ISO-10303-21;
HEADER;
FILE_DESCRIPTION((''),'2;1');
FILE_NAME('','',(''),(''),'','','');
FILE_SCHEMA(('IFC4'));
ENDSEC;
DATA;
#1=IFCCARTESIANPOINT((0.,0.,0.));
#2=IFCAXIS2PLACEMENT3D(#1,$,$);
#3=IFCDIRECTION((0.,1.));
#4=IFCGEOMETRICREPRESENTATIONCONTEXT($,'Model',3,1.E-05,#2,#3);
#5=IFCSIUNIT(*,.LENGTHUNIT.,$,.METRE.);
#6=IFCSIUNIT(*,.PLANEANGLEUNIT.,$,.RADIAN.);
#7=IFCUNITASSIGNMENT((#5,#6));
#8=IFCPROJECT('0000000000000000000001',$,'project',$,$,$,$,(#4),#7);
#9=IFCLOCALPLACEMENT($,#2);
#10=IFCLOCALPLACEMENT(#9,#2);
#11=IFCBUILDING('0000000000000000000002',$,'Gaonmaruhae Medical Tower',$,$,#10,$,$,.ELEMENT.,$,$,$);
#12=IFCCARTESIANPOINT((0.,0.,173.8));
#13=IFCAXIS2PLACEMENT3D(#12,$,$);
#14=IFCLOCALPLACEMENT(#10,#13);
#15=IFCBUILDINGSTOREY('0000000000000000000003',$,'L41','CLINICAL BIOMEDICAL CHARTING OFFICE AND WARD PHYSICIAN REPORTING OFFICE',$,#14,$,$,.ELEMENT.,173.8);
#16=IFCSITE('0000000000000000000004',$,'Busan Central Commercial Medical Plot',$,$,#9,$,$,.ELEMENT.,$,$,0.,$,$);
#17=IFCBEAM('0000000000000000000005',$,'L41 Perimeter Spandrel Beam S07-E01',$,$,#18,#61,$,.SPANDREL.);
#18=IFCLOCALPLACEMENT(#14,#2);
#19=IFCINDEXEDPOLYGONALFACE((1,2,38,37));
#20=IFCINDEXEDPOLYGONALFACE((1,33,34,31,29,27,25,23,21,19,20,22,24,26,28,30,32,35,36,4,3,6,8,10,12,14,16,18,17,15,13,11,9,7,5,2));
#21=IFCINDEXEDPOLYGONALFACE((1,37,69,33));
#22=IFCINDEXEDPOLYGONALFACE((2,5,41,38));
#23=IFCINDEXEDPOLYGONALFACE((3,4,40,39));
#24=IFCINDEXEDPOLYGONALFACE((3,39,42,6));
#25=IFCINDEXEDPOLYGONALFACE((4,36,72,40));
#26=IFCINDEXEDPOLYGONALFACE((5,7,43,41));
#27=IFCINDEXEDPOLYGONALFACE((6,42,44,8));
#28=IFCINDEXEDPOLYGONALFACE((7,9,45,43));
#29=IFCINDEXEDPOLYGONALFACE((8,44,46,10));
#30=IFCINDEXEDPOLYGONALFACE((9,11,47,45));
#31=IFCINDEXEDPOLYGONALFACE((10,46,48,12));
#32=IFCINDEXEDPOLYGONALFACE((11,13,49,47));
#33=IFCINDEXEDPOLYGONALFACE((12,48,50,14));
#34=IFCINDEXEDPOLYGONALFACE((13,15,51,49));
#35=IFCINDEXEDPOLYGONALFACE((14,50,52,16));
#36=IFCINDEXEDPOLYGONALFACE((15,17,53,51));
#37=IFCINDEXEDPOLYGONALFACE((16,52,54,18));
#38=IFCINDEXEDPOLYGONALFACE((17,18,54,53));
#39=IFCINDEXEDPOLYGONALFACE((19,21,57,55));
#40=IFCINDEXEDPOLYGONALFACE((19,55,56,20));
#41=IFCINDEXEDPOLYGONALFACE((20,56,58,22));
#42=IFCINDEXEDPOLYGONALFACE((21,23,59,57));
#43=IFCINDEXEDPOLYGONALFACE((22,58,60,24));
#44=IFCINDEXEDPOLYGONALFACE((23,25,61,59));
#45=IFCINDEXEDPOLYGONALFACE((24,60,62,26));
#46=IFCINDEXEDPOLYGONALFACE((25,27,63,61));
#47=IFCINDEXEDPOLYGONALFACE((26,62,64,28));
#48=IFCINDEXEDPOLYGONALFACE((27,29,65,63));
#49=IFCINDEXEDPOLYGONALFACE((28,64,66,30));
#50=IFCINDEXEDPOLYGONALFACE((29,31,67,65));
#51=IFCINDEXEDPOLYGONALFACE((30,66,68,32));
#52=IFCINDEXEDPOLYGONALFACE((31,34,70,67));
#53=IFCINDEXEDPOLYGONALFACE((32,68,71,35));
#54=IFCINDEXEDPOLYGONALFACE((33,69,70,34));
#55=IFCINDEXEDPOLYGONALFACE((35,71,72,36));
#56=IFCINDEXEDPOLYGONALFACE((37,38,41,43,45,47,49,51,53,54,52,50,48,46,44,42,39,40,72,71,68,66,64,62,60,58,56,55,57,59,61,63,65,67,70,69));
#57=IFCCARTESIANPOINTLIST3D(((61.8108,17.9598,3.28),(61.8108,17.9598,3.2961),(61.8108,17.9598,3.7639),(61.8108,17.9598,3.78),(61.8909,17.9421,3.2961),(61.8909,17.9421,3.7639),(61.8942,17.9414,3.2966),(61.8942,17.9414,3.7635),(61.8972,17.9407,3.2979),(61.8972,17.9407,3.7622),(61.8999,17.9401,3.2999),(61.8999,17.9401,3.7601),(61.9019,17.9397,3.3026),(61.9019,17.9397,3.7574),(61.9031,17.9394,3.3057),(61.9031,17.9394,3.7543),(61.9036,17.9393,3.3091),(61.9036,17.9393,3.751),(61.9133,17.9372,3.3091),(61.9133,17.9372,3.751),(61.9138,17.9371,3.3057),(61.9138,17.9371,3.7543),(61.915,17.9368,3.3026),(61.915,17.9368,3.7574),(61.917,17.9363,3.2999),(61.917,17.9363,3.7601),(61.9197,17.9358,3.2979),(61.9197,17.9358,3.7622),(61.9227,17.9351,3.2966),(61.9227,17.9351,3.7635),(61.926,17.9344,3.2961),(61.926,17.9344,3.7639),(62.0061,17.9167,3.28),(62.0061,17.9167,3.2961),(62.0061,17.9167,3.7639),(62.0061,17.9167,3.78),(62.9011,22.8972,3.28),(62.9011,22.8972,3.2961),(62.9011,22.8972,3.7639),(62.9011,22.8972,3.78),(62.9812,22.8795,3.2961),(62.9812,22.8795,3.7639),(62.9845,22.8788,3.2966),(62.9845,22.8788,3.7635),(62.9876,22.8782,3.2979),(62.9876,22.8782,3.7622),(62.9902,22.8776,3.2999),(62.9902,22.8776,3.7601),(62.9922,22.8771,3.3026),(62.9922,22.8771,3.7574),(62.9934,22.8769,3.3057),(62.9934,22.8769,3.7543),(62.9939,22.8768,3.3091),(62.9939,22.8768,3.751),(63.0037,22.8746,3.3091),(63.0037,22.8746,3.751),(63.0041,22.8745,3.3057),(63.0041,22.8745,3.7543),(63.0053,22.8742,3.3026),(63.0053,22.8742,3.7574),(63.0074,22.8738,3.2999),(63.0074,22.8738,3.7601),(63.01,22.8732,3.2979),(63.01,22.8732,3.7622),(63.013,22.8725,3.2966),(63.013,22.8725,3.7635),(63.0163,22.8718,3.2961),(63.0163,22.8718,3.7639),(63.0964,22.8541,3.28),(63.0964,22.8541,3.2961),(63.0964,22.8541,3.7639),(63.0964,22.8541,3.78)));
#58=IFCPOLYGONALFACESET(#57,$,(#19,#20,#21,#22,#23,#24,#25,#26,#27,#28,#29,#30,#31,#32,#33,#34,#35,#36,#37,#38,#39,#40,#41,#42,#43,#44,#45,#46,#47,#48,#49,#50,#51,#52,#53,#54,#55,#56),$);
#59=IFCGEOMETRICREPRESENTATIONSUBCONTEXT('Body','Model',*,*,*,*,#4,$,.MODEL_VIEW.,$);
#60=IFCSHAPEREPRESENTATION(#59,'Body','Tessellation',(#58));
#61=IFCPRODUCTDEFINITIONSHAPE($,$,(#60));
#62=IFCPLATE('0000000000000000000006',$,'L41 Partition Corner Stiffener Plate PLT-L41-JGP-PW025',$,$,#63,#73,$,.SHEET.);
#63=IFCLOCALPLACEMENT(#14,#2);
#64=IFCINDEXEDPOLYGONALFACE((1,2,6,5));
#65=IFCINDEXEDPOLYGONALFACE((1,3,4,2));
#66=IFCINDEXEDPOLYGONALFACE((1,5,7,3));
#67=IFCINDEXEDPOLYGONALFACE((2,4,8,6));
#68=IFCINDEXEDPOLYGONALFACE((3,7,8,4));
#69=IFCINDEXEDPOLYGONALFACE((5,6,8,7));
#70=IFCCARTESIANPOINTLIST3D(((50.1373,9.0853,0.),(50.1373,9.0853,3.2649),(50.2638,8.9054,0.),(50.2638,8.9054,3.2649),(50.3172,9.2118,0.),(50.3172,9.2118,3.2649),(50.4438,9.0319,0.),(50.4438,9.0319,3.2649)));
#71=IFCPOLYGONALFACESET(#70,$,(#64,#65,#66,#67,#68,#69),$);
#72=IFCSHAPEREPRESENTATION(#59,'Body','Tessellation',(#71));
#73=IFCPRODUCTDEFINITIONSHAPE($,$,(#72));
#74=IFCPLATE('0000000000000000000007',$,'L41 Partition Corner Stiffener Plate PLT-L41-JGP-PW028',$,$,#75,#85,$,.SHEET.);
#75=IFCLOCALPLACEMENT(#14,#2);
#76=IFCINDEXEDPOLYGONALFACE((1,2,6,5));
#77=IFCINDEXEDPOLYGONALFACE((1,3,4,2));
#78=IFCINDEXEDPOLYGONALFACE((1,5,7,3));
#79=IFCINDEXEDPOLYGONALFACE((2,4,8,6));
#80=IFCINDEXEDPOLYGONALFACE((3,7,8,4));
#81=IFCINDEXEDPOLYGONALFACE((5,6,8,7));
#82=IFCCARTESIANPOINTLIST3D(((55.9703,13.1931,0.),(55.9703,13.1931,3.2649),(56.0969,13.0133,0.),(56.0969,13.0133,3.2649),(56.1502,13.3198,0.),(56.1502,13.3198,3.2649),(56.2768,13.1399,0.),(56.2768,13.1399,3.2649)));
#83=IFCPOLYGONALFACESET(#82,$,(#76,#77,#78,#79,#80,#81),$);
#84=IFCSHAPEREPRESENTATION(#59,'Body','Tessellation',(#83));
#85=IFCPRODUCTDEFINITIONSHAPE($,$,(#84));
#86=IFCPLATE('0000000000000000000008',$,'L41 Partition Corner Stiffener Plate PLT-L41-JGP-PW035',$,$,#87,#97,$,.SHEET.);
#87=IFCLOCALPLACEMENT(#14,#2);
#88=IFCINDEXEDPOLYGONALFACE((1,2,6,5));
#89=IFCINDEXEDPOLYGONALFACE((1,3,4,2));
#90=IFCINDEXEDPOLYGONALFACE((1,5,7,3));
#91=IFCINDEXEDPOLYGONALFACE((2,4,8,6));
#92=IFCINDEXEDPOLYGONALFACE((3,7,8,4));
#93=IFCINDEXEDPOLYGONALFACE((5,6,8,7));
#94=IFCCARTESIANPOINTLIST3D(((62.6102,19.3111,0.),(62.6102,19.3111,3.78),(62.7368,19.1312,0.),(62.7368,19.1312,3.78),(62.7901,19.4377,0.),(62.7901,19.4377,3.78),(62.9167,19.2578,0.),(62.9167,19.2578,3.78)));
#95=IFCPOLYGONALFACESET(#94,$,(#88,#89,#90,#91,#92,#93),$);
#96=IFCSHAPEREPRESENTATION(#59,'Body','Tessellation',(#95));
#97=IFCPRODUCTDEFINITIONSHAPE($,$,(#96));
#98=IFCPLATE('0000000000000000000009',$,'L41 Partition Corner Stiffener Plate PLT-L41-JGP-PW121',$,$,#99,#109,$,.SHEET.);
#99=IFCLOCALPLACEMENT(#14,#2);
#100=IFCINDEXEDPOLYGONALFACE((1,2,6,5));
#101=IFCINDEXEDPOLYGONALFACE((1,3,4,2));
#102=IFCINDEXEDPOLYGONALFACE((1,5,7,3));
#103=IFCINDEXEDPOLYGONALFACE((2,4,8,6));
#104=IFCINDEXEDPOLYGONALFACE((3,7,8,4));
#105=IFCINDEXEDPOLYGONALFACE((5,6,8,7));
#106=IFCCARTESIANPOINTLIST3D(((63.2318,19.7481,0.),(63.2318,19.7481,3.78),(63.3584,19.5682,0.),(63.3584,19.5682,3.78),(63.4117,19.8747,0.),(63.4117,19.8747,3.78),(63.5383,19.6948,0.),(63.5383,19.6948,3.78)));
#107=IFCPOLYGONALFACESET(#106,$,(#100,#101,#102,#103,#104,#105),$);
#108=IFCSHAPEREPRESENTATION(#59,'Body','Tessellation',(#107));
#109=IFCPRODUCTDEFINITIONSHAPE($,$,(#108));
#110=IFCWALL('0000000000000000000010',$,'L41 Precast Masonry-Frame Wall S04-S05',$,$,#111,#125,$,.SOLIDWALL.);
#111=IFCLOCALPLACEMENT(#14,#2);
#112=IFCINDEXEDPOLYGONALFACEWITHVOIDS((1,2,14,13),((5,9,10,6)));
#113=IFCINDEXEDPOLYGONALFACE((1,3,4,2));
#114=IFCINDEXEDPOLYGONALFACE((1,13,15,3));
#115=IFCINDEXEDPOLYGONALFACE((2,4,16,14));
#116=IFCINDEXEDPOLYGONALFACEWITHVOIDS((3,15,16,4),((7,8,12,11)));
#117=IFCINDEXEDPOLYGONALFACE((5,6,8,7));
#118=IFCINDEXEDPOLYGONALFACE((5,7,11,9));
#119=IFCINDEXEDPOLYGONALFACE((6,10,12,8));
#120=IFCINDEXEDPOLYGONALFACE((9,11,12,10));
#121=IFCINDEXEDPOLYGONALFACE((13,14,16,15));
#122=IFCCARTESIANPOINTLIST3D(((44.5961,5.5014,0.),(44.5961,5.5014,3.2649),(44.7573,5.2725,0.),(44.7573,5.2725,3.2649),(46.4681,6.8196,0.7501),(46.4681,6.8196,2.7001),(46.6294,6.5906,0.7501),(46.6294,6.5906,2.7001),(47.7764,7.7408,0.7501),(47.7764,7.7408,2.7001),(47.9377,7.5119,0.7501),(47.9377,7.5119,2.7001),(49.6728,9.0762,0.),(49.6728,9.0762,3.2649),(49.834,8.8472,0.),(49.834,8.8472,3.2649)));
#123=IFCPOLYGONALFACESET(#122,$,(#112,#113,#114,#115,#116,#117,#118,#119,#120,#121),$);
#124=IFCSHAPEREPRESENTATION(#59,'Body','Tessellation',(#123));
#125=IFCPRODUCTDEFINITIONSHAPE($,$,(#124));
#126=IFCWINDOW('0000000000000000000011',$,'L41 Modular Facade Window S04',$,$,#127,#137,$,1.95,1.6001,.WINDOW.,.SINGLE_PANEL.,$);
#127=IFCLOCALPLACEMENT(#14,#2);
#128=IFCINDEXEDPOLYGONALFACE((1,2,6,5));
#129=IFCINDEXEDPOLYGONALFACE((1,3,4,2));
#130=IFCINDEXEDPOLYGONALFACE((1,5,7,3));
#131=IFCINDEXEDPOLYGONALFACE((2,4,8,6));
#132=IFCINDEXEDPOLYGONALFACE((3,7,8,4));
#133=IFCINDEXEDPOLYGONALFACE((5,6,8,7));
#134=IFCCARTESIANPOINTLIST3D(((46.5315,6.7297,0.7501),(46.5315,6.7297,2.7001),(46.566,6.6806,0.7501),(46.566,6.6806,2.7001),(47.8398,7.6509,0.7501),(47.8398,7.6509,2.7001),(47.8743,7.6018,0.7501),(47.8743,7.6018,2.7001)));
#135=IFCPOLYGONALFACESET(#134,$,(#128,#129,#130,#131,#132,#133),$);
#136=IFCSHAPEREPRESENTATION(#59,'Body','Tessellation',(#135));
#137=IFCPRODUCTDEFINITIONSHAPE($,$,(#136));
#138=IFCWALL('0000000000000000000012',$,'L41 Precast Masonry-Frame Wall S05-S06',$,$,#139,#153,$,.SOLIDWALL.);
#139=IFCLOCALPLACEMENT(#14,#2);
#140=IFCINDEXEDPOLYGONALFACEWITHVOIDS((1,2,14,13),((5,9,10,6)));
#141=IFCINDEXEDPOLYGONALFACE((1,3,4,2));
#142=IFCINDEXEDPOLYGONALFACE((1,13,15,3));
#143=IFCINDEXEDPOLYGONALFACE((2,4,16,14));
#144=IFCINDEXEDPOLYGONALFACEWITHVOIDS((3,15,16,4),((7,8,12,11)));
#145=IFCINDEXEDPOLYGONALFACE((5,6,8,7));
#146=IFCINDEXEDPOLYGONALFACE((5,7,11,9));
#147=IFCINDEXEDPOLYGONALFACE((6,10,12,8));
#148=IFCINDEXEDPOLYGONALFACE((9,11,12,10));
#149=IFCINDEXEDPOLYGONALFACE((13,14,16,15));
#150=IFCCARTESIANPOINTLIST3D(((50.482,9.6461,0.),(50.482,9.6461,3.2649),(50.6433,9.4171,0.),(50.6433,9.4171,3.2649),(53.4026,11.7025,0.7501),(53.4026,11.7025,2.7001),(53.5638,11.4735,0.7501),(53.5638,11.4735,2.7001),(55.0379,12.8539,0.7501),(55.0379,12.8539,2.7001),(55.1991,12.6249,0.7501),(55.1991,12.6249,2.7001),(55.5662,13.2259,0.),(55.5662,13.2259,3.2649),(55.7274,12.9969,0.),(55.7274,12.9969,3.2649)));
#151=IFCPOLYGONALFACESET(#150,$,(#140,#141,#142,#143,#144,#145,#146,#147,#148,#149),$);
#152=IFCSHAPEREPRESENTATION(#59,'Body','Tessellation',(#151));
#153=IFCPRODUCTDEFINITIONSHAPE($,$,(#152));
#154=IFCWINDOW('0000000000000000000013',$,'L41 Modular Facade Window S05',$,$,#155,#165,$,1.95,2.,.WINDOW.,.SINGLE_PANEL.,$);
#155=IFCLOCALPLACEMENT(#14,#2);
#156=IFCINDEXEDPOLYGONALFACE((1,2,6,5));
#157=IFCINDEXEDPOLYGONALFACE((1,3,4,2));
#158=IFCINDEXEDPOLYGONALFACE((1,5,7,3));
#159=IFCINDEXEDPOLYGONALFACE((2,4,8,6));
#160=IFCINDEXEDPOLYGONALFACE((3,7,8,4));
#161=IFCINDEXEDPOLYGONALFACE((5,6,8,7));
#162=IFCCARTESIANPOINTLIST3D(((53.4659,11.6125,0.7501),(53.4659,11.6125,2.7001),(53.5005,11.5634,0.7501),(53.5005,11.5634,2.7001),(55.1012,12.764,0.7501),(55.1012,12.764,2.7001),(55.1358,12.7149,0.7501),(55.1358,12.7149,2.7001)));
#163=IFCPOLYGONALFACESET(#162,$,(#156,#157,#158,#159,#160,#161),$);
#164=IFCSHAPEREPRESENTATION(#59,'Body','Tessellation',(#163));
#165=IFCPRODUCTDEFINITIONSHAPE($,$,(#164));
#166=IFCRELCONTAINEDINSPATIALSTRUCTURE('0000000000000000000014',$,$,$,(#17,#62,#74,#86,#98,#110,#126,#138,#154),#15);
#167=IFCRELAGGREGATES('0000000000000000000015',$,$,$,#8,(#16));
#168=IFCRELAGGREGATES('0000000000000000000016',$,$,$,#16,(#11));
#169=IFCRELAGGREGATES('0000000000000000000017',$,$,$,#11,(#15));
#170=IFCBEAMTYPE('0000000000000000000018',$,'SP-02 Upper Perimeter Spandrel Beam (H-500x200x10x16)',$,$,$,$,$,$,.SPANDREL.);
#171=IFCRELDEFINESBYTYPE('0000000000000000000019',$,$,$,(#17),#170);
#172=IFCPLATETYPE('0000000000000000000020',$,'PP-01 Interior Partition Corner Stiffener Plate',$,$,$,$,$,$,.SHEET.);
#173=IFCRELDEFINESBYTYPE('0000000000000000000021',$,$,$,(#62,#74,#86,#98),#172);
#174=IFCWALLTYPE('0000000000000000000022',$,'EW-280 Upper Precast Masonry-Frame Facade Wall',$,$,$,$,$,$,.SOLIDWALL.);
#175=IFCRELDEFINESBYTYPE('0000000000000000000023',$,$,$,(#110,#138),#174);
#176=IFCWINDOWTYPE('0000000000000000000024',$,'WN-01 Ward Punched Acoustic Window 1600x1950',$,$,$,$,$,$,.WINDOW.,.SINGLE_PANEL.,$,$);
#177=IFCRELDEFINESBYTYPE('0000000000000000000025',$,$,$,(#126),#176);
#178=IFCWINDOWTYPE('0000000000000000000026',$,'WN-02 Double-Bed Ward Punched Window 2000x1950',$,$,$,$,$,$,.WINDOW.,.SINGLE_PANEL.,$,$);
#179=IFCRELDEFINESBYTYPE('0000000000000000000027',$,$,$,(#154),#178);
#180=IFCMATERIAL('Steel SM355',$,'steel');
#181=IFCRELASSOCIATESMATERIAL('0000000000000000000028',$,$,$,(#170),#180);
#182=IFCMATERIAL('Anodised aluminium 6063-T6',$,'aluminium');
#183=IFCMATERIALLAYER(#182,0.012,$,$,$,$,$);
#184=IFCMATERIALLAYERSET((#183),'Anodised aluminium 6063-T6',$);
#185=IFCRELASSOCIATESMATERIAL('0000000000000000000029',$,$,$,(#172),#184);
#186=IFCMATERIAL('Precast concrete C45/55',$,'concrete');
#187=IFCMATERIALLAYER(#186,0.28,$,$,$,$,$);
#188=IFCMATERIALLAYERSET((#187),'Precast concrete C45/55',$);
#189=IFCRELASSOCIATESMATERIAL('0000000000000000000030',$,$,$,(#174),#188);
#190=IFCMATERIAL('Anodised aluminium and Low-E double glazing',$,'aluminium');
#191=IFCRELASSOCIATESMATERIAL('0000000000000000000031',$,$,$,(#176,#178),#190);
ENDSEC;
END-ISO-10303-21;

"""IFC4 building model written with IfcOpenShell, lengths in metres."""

from ifc_helpers import new_model, si_unit, direction, frame, frame_2d, origin, origin_2d, place, context, subcontext, project, spatial, rectangle, i_section, extrude, material, layer, layer_set, material_profile, profile_set, type_object, element, fill, save


model = new_model("IFC4")

# Units and contexts
model_context = context("Model", 3, precision=1e-05, world=origin(), true_north=direction((0.0, 1.0)))
body_context = subcontext(model_context, "Body", "Model", "MODEL_VIEW")
ifc_project = project(units=[si_unit("LENGTHUNIT", "METRE"), si_unit("PLANEANGLEUNIT", "RADIAN")], contexts=[model_context])

# Site, building, storey
site_placement = place(None, origin())
site = spatial("IfcSite", under=ifc_project, at=site_placement, Name="Busan Central Commercial Medical Plot", CompositionType="ELEMENT", RefElevation=0.0)
building_placement = place(site_placement, origin())
building = spatial("IfcBuilding", under=site, at=building_placement, Name="Gaonmaruhae Medical Tower", CompositionType="ELEMENT")
storey_placement = place(building_placement, frame((0.0, 0.0, 173.8)))
storey = spatial("IfcBuildingStorey", under=building, at=storey_placement, Name="L41", Description="CLINICAL BIOMEDICAL CHARTING OFFICE AND WARD PHYSICIAN REPORTING OFFICE", CompositionType="ELEMENT", Elevation=173.8)

# Beam
ifc_material_1 = material(Name="Steel SM355", Category="steel")
ifc_material_profile_1 = material_profile(ifc_material_1, i_section(OverallWidth=0.2, OverallDepth=0.5, WebThickness=0.01, FlangeThickness=0.0161, FilletRadius=0.0129, at=origin_2d()), Name="H-500x200x10x16")
ifc_profile_set_1 = profile_set([ifc_material_profile_1], Name="Steel SM355")
beam_type_1 = type_object("IfcBeamType", Name="SP-02 Upper Perimeter Spandrel Beam (H-500x200x10x16)", PredefinedType="SPANDREL", material=ifc_profile_set_1)
beam_1_placement = place(storey_placement, frame((61.9084, 17.9382, 3.53), z_axis=(0.215632, 0.976475, 0.0), x_axis=(-0.976475, 0.215632, 0.0)))
element("IfcBeam", 1, at=beam_1_placement, inside=storey, type_object=beam_type_1, Name="L41 Perimeter Spandrel Beam S07-E01", PredefinedType="SPANDREL", context=body_context, shape_type="SweptSolid", body=[
    extrude(i_section(OverallWidth=0.2, OverallDepth=0.5, WebThickness=0.01, FlangeThickness=0.0161, FilletRadius=0.0129, at=origin_2d()), origin(), (0.0, 0.0, 1.0), 5.0564),
])

# Plates
ifc_material_2 = material(Name="Anodised aluminium 6063-T6", Category="aluminium")
ifc_layer_1 = layer(ifc_material_2, 0.012)
ifc_layer_set_1 = layer_set([ifc_layer_1], Name="Anodised aluminium 6063-T6")
plate_type = type_object("IfcPlateType", Name="PP-01 Interior Partition Corner Stiffener Plate", PredefinedType="SHEET", material=ifc_layer_set_1)
for number, where, z_axis, x_axis, name in (
    (2, (50.2905, 9.0586, 0.0), (0.0, 0.0, 1.0), (-0.817949, -0.575291, 0.0), "L41 Partition Corner Stiffener Plate PLT-L41-JGP-PW025"),
    (3, (56.1235, 13.1665, 0.0), (0.0, 0.0, 1.0), (-0.817728, -0.575605, 0.0), "L41 Partition Corner Stiffener Plate PLT-L41-JGP-PW028"),
):
    element("IfcPlate", number, at=place(storey_placement, frame(where, z_axis=z_axis, x_axis=x_axis)), inside=storey, type_object=plate_type, Name=name, PredefinedType="SHEET", context=body_context, shape_type="SweptSolid", body=[
        extrude(rectangle(XDim=0.22, YDim=0.22, at=origin_2d()), origin(), (0.0, 0.0, 1.0), 3.2649),
    ])
for number, where, z_axis, x_axis, name in (
    (4, (62.7634, 19.2844, 0.0), (0.0, 0.0, 1.0), (-0.817879, -0.575391, 0.0), "L41 Partition Corner Stiffener Plate PLT-L41-JGP-PW035"),
    (5, (63.385, 19.7214, 0.0), (0.0, 0.0, 1.0), (-0.817838, -0.575448, 0.0), "L41 Partition Corner Stiffener Plate PLT-L41-JGP-PW121"),
):
    element("IfcPlate", number, at=place(storey_placement, frame(where, z_axis=z_axis, x_axis=x_axis)), inside=storey, type_object=plate_type, Name=name, PredefinedType="SHEET", context=body_context, shape_type="SweptSolid", body=[
        extrude(rectangle(XDim=0.22, YDim=0.22, at=origin_2d()), origin(), (0.0, 0.0, 1.0), 3.78),
    ])

# Walls, openings, windows
ifc_material_3 = material(Name="Precast concrete C45/55", Category="concrete")
ifc_layer_2 = layer(ifc_material_3, 0.28)
ifc_layer_set_2 = layer_set([ifc_layer_2], Name="Precast concrete C45/55")
wall_type_1 = type_object("IfcWallType", Name="EW-280 Upper Precast Masonry-Frame Facade Wall", PredefinedType="SOLIDWALL", material=ifc_layer_set_2)
wall_1_placement = place(storey_placement, frame((49.7534, 8.9617, 0.0), z_axis=(0.0, 0.0, 1.0), x_axis=(-0.817636, -0.575735, 0.0)))
wall_1 = element("IfcWall", 6, at=wall_1_placement, inside=storey, type_object=wall_type_1, Name="L41 Precast Masonry-Frame Wall S04-S05", PredefinedType="SOLIDWALL", context=body_context, shape_type="SweptSolid", body=[
    extrude(rectangle(XDim=6.209, YDim=0.28, at=frame_2d((3.1045, 0.0))), origin(), (0.0, 0.0, 1.0), 3.2649),
])
opening_1_placement = place(wall_1_placement, frame((2.3193, 0.0, 0.75)))
opening_1 = element("IfcOpeningElement", 7, at=opening_1_placement, cuts=wall_1, PredefinedType="OPENING", context=body_context, shape_type="SweptSolid", body=[
    extrude(rectangle(XDim=1.6001, YDim=1.95, at=frame_2d((0.8, 0.9751))), frame((0.0, 0.1499, 0.0), z_axis=(0.0, -1.0, 0.0), x_axis=(1.0, 0.0, 0.0)), (0.0, 0.0, 1.0), 0.3),
])
ifc_material_4 = material(Name="Anodised aluminium and Low-E double glazing", Category="aluminium")
window_type_1 = type_object("IfcWindowType", Name="WN-01 Ward Punched Acoustic Window 1600x1950", PartitioningType="SINGLE_PANEL", PredefinedType="WINDOW", material=ifc_material_4)
window_1_placement = place(opening_1_placement, origin())
window_1 = element("IfcWindow", 8, at=window_1_placement, inside=storey, type_object=window_type_1, Name="L41 Modular Facade Window S04", OverallHeight=1.95, OverallWidth=1.6001, PartitioningType="SINGLE_PANEL", PredefinedType="WINDOW", context=body_context, shape_type="SweptSolid", body=[
    extrude(rectangle(XDim=1.6001, YDim=1.95, at=frame_2d((0.8, 0.9751))), frame((0.0, 0.03, 0.0), z_axis=(0.0, -1.0, 0.0), x_axis=(1.0, 0.0, 0.0)), (0.0, 0.0, 1.0), 0.0601),
])
fill(opening_1, window_1)
wall_2_placement = place(storey_placement, frame((55.6467, 13.1113, 0.0), z_axis=(0.0, 0.0, 1.0), x_axis=(-0.817652, -0.575713, 0.0)))
wall_2 = element("IfcWall", 9, at=wall_2_placement, inside=storey, type_object=wall_type_1, Name="L41 Precast Masonry-Frame Wall S05-S06", PredefinedType="SOLIDWALL", context=body_context, shape_type="SweptSolid", body=[
    extrude(rectangle(XDim=6.218, YDim=0.28, at=frame_2d((3.1089, 0.0))), origin(), (0.0, 0.0, 1.0), 3.2649),
])
opening_2_placement = place(wall_2_placement, frame((0.646, 0.0, 0.75)))
opening_2 = element("IfcOpeningElement", 10, at=opening_2_placement, cuts=wall_2, PredefinedType="OPENING", context=body_context, shape_type="SweptSolid", body=[
    extrude(rectangle(XDim=2.0, YDim=1.95, at=frame_2d((1.0, 0.9751))), frame((0.0, 0.1499, 0.0), z_axis=(0.0, -1.0, 0.0), x_axis=(1.0, 0.0, 0.0)), (0.0, 0.0, 1.0), 0.3),
])
window_type_2 = type_object("IfcWindowType", Name="WN-02 Double-Bed Ward Punched Window 2000x1950", PartitioningType="SINGLE_PANEL", PredefinedType="WINDOW", material=ifc_material_4)
window_2_placement = place(opening_2_placement, origin())
window_2 = element("IfcWindow", 11, at=window_2_placement, inside=storey, type_object=window_type_2, Name="L41 Modular Facade Window S05", OverallHeight=1.95, OverallWidth=2.0, PartitioningType="SINGLE_PANEL", PredefinedType="WINDOW", context=body_context, shape_type="SweptSolid", body=[
    extrude(rectangle(XDim=2.0, YDim=1.95, at=frame_2d((1.0, 0.9751))), frame((0.0, 0.03, 0.0), z_axis=(0.0, -1.0, 0.0), x_axis=(1.0, 0.0, 0.0)), (0.0, 0.0, 1.0), 0.0601),
])
fill(opening_2, window_2)

save(model, "model.ifc")
